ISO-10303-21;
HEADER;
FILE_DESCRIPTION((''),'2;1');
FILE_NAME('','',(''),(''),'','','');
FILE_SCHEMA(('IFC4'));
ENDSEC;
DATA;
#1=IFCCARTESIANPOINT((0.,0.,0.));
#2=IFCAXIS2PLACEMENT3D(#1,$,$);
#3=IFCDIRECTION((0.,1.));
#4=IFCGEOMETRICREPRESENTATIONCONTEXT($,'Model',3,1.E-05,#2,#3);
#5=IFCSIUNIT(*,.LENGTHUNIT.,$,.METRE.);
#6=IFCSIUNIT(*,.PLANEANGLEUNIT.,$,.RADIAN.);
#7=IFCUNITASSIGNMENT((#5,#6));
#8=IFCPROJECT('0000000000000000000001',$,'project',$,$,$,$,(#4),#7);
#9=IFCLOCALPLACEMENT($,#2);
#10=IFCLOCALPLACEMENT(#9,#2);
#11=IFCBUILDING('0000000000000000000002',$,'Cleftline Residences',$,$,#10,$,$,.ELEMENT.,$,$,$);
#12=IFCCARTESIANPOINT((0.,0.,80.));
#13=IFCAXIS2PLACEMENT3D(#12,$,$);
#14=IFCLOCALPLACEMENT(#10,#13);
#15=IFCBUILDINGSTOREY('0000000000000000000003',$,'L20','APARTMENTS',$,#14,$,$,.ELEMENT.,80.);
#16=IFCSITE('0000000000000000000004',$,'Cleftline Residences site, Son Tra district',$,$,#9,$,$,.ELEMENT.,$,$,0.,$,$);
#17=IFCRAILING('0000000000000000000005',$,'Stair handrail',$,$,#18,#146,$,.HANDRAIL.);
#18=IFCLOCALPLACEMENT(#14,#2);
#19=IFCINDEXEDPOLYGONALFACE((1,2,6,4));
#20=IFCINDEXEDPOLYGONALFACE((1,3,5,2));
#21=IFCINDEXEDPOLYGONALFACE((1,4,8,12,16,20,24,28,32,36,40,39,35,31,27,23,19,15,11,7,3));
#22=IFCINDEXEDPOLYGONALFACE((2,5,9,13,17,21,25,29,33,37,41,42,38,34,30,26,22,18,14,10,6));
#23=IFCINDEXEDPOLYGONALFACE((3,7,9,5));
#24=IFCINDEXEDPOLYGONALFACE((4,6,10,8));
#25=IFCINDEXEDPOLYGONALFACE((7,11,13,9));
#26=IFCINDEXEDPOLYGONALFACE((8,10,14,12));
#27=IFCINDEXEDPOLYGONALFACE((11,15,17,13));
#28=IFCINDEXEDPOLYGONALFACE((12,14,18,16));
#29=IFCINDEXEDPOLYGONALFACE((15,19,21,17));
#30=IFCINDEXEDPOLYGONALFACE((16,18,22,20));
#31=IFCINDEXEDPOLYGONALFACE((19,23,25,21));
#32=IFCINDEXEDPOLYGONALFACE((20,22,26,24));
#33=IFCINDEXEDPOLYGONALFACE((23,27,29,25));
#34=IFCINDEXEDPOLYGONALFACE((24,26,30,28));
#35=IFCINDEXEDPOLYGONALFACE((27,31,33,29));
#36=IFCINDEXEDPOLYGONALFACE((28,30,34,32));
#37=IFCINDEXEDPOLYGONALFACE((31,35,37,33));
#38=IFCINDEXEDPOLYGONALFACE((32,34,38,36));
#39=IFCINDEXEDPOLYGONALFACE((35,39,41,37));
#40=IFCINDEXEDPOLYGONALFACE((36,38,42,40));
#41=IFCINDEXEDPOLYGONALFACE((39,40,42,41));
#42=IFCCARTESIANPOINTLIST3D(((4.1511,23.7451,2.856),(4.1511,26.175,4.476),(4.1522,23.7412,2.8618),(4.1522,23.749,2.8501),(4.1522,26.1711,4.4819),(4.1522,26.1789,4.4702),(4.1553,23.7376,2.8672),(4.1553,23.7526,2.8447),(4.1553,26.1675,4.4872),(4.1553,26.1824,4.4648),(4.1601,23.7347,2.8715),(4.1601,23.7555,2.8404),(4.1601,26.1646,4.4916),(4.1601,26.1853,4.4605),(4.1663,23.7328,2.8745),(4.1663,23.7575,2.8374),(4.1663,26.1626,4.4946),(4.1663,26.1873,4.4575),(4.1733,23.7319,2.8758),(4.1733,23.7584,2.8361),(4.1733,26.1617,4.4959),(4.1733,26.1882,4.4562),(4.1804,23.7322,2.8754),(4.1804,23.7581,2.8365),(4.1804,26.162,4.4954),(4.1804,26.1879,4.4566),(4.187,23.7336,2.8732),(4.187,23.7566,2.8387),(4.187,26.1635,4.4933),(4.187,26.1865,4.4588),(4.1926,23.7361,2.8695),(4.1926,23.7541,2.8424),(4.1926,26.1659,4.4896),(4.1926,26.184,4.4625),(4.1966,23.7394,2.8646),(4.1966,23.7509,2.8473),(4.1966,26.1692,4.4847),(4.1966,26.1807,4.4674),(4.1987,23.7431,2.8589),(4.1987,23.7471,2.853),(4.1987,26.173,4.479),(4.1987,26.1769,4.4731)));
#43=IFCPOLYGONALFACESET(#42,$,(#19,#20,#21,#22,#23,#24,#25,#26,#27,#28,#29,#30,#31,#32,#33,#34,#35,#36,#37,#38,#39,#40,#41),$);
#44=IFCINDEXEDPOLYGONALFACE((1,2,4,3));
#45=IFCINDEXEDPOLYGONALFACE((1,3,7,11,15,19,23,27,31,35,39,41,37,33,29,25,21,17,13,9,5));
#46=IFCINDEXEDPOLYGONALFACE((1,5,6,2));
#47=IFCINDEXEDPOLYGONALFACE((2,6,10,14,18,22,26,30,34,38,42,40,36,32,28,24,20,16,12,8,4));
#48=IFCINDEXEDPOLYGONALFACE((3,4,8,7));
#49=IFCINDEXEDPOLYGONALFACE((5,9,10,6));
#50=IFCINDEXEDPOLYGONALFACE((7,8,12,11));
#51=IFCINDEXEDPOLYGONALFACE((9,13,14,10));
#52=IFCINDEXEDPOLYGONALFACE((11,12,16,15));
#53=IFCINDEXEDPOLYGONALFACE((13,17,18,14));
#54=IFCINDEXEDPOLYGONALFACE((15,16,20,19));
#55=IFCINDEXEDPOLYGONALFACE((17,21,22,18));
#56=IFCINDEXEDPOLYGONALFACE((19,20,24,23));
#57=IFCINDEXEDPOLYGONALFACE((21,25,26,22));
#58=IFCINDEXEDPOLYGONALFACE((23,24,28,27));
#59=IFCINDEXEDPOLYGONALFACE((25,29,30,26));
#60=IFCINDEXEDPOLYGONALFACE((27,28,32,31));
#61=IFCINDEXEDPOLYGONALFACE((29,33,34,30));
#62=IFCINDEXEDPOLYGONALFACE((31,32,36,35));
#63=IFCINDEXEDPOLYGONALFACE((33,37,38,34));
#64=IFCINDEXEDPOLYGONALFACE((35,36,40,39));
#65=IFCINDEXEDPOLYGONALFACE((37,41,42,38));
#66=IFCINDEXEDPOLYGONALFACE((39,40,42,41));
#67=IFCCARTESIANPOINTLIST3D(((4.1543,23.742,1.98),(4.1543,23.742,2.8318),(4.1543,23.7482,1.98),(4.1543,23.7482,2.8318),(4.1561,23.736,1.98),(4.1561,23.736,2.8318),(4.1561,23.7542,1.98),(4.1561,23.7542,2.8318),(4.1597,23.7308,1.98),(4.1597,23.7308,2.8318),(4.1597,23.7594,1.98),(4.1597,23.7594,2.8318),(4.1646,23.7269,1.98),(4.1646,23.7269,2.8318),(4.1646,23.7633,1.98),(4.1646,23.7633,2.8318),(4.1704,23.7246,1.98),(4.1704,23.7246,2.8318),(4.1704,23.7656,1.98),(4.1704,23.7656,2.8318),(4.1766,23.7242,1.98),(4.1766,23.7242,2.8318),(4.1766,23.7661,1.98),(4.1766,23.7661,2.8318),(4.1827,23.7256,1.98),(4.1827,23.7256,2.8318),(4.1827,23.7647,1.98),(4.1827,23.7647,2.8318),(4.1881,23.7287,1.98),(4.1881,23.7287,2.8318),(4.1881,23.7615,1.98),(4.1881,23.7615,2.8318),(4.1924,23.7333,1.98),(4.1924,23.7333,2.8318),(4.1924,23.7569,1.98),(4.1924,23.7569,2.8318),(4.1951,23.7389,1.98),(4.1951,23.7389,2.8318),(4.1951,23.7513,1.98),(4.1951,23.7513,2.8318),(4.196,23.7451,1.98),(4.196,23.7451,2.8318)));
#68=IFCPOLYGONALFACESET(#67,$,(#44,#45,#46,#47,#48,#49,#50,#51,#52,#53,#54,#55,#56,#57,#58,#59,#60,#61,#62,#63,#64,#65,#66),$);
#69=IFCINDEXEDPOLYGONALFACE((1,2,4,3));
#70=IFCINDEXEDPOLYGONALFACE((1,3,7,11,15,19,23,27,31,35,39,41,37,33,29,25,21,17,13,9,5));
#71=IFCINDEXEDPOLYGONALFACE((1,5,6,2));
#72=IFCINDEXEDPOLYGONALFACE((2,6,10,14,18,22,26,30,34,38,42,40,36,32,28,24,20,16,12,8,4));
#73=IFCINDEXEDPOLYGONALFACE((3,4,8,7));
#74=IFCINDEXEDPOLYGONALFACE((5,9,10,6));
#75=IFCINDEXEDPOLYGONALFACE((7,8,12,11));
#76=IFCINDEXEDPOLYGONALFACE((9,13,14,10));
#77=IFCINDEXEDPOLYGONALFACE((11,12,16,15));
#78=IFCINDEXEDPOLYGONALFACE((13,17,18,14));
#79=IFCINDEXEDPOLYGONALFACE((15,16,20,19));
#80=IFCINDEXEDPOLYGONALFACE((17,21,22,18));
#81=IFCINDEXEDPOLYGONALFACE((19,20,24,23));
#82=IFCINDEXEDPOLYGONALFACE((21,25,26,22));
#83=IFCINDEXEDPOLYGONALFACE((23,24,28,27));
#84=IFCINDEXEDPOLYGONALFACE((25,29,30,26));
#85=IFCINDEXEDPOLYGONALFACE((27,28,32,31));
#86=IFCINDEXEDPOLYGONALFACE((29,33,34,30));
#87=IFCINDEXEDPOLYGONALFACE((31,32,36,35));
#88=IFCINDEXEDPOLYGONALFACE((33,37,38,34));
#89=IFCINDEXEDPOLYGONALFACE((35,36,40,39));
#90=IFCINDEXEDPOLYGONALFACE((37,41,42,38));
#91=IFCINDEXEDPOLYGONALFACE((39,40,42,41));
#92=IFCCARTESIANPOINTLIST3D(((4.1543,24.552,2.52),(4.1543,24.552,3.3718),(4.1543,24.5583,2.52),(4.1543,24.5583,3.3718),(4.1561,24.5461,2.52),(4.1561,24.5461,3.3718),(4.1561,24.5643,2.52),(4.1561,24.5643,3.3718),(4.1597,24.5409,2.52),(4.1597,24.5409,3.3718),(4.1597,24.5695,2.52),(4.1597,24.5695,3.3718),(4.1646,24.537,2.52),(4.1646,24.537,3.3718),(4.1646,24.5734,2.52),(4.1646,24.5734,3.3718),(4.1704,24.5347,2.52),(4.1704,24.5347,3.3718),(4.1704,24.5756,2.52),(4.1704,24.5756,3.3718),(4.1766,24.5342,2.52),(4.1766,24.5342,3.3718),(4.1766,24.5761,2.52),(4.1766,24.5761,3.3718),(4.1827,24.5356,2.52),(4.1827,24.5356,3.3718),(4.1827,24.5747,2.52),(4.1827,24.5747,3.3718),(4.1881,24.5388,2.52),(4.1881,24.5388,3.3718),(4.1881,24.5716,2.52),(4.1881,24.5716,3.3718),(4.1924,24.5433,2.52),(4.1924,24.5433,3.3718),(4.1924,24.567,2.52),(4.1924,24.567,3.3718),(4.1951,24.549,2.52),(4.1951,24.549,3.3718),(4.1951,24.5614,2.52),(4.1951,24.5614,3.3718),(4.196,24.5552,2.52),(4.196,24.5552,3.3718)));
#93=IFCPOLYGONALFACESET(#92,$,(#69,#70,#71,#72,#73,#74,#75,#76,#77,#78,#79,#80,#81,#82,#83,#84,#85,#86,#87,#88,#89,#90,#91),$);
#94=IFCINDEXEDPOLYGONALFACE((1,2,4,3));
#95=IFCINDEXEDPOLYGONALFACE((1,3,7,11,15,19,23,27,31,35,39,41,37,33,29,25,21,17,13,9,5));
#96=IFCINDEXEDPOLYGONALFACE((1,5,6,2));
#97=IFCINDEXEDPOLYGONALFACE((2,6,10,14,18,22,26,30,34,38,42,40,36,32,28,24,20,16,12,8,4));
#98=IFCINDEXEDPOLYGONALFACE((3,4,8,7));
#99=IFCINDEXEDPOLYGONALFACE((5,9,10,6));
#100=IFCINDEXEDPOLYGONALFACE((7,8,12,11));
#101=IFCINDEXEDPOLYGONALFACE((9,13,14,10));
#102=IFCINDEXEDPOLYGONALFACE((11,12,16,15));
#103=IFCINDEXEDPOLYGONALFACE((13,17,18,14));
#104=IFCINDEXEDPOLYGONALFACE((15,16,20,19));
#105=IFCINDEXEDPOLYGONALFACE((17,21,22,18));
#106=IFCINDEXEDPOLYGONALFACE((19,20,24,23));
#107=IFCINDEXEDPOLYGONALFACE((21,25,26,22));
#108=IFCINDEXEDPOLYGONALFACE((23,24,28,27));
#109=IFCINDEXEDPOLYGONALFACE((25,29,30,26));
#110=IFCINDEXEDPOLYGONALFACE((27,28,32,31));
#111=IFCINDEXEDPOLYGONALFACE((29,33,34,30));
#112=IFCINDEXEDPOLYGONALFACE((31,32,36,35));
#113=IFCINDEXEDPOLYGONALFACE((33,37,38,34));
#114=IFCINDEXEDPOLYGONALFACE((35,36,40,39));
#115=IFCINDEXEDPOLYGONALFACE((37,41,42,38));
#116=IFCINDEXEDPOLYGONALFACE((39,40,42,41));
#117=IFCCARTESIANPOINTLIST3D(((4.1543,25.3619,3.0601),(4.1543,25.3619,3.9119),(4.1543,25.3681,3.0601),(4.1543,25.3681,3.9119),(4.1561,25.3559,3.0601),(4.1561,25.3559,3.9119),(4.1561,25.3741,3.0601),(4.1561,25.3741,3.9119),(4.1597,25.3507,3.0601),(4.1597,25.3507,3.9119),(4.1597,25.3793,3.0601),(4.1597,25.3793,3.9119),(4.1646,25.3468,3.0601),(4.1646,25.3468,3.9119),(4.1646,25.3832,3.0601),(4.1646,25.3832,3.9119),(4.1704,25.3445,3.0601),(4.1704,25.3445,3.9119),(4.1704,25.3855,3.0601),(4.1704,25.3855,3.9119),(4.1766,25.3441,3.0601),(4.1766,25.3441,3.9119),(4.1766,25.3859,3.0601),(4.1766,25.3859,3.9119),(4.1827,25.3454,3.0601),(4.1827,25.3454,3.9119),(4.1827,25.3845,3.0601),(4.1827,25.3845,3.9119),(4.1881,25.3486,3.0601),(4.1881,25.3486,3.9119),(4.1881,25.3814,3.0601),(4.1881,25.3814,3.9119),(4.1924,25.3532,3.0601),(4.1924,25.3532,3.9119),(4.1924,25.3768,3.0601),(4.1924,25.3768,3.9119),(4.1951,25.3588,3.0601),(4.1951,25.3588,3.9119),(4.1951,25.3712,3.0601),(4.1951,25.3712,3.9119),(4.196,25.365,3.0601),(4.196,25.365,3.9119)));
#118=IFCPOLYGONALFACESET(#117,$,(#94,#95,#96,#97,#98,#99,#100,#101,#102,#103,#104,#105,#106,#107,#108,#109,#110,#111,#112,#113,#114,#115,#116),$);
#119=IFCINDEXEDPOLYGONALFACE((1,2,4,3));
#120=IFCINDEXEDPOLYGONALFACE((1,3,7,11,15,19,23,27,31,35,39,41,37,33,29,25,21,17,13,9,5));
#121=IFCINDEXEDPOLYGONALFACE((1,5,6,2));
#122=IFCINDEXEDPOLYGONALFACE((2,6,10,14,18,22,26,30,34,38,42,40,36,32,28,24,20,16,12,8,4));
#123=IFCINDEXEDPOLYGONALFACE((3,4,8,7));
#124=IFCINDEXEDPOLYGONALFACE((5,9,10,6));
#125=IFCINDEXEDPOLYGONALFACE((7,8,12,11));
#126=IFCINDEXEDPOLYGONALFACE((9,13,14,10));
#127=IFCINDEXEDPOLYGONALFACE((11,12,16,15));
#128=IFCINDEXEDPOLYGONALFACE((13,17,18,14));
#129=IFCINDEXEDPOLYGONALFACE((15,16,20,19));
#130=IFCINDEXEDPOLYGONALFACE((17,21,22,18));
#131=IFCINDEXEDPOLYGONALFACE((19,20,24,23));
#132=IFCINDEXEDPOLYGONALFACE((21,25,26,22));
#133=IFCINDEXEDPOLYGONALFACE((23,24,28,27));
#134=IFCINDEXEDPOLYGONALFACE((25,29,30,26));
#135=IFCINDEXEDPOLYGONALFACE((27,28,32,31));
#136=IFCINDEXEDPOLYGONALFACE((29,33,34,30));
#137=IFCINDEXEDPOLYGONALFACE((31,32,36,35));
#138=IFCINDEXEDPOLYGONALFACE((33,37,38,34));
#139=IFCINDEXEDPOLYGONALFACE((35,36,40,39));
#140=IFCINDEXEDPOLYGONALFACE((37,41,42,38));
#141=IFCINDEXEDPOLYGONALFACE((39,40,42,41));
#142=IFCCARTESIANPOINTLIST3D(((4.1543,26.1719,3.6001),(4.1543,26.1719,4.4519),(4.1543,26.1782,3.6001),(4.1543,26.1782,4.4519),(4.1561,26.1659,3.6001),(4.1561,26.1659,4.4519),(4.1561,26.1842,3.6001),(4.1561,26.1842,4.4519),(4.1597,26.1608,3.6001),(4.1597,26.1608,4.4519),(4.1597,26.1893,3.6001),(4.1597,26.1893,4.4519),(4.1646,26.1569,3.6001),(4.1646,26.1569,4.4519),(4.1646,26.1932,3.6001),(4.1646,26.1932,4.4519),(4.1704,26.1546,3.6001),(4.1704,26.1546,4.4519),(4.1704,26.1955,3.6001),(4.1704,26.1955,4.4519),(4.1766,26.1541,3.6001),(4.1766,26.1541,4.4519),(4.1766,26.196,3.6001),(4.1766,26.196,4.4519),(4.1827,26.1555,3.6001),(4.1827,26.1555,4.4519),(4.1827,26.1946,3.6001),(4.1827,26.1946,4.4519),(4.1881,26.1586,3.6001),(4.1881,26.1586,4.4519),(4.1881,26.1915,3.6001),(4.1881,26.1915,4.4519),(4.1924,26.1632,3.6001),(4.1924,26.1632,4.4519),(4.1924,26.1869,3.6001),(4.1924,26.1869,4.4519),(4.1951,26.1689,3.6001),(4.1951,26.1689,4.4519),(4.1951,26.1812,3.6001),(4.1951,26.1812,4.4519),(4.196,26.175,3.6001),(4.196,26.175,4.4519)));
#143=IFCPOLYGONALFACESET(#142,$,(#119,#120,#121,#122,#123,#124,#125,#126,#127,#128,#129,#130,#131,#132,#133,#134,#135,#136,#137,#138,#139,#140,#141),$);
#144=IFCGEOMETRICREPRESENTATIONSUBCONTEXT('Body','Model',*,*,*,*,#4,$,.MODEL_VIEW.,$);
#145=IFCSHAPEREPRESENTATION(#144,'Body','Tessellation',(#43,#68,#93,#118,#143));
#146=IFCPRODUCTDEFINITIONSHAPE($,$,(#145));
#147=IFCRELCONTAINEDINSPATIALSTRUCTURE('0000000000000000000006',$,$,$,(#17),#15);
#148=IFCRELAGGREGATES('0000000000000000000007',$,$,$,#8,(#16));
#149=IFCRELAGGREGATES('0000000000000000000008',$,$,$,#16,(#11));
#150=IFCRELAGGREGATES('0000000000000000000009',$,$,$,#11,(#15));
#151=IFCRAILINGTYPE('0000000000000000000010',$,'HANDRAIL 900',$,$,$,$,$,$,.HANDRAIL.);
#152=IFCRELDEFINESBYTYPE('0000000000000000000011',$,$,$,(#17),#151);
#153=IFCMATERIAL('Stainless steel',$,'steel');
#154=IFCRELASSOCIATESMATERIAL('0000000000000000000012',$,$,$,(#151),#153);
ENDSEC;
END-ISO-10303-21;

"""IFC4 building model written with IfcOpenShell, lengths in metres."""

from ifc_helpers import new_model, si_unit, direction, frame, origin, origin_2d, place, context, subcontext, project, spatial, circle, extrude, material, type_object, element, save


model = new_model("IFC4")

# Units and contexts
model_context = context("Model", 3, precision=1e-05, world=origin(), true_north=direction((0.0, 1.0)))
body_context = subcontext(model_context, "Body", "Model", "MODEL_VIEW")
ifc_project = project(units=[si_unit("LENGTHUNIT", "METRE"), si_unit("PLANEANGLEUNIT", "RADIAN")], contexts=[model_context])

# Site, building, storey
site_placement = place(None, origin())
site = spatial("IfcSite", under=ifc_project, at=site_placement, Name="Cleftline Residences site, Son Tra district", CompositionType="ELEMENT", RefElevation=0.0)
building_placement = place(site_placement, origin())
building = spatial("IfcBuilding", under=site, at=building_placement, Name="Cleftline Residences", CompositionType="ELEMENT")
storey_placement = place(building_placement, frame((0.0, 0.0, 80.0)))
storey = spatial("IfcBuildingStorey", under=building, at=storey_placement, Name="L20", Description="APARTMENTS", CompositionType="ELEMENT", Elevation=80.0)

# Railing
ifc_material_1 = material(Name="Stainless steel", Category="steel")
railing_type = type_object("IfcRailingType", Name="HANDRAIL 900", PredefinedType="HANDRAIL", material=ifc_material_1)
railing_1_placement = place(storey_placement, frame((4.175, 23.7451, 1.98)))
element("IfcRailing", 1, at=railing_1_placement, inside=storey, type_object=railing_type, Name="Stair handrail", PredefinedType="HANDRAIL", context=body_context, shape_type="SweptSolid", body=[
    extrude(circle(Radius=0.0239, at=origin_2d()), frame((0.0, 0.0, 0.876), z_axis=(0.0, 0.832025, 0.554739), x_axis=(-1.0, 0.0, 0.0)), (0.0, 0.0, 1.0), 2.9204),
    extrude(circle(Radius=0.021, at=origin_2d()), origin(), (0.0, 0.0, 1.0), 0.8518),
    extrude(circle(Radius=0.021, at=origin_2d()), frame((0.0, 0.8101, 0.54)), (0.0, 0.0, 1.0), 0.8518),
    extrude(circle(Radius=0.021, at=origin_2d()), frame((0.0, 1.6199, 1.0801)), (0.0, 0.0, 1.0), 0.8518),
    extrude(circle(Radius=0.021, at=origin_2d()), frame((0.0, 2.4299, 1.6201)), (0.0, 0.0, 1.0), 0.8518),
])

save(model, "model.ifc")
